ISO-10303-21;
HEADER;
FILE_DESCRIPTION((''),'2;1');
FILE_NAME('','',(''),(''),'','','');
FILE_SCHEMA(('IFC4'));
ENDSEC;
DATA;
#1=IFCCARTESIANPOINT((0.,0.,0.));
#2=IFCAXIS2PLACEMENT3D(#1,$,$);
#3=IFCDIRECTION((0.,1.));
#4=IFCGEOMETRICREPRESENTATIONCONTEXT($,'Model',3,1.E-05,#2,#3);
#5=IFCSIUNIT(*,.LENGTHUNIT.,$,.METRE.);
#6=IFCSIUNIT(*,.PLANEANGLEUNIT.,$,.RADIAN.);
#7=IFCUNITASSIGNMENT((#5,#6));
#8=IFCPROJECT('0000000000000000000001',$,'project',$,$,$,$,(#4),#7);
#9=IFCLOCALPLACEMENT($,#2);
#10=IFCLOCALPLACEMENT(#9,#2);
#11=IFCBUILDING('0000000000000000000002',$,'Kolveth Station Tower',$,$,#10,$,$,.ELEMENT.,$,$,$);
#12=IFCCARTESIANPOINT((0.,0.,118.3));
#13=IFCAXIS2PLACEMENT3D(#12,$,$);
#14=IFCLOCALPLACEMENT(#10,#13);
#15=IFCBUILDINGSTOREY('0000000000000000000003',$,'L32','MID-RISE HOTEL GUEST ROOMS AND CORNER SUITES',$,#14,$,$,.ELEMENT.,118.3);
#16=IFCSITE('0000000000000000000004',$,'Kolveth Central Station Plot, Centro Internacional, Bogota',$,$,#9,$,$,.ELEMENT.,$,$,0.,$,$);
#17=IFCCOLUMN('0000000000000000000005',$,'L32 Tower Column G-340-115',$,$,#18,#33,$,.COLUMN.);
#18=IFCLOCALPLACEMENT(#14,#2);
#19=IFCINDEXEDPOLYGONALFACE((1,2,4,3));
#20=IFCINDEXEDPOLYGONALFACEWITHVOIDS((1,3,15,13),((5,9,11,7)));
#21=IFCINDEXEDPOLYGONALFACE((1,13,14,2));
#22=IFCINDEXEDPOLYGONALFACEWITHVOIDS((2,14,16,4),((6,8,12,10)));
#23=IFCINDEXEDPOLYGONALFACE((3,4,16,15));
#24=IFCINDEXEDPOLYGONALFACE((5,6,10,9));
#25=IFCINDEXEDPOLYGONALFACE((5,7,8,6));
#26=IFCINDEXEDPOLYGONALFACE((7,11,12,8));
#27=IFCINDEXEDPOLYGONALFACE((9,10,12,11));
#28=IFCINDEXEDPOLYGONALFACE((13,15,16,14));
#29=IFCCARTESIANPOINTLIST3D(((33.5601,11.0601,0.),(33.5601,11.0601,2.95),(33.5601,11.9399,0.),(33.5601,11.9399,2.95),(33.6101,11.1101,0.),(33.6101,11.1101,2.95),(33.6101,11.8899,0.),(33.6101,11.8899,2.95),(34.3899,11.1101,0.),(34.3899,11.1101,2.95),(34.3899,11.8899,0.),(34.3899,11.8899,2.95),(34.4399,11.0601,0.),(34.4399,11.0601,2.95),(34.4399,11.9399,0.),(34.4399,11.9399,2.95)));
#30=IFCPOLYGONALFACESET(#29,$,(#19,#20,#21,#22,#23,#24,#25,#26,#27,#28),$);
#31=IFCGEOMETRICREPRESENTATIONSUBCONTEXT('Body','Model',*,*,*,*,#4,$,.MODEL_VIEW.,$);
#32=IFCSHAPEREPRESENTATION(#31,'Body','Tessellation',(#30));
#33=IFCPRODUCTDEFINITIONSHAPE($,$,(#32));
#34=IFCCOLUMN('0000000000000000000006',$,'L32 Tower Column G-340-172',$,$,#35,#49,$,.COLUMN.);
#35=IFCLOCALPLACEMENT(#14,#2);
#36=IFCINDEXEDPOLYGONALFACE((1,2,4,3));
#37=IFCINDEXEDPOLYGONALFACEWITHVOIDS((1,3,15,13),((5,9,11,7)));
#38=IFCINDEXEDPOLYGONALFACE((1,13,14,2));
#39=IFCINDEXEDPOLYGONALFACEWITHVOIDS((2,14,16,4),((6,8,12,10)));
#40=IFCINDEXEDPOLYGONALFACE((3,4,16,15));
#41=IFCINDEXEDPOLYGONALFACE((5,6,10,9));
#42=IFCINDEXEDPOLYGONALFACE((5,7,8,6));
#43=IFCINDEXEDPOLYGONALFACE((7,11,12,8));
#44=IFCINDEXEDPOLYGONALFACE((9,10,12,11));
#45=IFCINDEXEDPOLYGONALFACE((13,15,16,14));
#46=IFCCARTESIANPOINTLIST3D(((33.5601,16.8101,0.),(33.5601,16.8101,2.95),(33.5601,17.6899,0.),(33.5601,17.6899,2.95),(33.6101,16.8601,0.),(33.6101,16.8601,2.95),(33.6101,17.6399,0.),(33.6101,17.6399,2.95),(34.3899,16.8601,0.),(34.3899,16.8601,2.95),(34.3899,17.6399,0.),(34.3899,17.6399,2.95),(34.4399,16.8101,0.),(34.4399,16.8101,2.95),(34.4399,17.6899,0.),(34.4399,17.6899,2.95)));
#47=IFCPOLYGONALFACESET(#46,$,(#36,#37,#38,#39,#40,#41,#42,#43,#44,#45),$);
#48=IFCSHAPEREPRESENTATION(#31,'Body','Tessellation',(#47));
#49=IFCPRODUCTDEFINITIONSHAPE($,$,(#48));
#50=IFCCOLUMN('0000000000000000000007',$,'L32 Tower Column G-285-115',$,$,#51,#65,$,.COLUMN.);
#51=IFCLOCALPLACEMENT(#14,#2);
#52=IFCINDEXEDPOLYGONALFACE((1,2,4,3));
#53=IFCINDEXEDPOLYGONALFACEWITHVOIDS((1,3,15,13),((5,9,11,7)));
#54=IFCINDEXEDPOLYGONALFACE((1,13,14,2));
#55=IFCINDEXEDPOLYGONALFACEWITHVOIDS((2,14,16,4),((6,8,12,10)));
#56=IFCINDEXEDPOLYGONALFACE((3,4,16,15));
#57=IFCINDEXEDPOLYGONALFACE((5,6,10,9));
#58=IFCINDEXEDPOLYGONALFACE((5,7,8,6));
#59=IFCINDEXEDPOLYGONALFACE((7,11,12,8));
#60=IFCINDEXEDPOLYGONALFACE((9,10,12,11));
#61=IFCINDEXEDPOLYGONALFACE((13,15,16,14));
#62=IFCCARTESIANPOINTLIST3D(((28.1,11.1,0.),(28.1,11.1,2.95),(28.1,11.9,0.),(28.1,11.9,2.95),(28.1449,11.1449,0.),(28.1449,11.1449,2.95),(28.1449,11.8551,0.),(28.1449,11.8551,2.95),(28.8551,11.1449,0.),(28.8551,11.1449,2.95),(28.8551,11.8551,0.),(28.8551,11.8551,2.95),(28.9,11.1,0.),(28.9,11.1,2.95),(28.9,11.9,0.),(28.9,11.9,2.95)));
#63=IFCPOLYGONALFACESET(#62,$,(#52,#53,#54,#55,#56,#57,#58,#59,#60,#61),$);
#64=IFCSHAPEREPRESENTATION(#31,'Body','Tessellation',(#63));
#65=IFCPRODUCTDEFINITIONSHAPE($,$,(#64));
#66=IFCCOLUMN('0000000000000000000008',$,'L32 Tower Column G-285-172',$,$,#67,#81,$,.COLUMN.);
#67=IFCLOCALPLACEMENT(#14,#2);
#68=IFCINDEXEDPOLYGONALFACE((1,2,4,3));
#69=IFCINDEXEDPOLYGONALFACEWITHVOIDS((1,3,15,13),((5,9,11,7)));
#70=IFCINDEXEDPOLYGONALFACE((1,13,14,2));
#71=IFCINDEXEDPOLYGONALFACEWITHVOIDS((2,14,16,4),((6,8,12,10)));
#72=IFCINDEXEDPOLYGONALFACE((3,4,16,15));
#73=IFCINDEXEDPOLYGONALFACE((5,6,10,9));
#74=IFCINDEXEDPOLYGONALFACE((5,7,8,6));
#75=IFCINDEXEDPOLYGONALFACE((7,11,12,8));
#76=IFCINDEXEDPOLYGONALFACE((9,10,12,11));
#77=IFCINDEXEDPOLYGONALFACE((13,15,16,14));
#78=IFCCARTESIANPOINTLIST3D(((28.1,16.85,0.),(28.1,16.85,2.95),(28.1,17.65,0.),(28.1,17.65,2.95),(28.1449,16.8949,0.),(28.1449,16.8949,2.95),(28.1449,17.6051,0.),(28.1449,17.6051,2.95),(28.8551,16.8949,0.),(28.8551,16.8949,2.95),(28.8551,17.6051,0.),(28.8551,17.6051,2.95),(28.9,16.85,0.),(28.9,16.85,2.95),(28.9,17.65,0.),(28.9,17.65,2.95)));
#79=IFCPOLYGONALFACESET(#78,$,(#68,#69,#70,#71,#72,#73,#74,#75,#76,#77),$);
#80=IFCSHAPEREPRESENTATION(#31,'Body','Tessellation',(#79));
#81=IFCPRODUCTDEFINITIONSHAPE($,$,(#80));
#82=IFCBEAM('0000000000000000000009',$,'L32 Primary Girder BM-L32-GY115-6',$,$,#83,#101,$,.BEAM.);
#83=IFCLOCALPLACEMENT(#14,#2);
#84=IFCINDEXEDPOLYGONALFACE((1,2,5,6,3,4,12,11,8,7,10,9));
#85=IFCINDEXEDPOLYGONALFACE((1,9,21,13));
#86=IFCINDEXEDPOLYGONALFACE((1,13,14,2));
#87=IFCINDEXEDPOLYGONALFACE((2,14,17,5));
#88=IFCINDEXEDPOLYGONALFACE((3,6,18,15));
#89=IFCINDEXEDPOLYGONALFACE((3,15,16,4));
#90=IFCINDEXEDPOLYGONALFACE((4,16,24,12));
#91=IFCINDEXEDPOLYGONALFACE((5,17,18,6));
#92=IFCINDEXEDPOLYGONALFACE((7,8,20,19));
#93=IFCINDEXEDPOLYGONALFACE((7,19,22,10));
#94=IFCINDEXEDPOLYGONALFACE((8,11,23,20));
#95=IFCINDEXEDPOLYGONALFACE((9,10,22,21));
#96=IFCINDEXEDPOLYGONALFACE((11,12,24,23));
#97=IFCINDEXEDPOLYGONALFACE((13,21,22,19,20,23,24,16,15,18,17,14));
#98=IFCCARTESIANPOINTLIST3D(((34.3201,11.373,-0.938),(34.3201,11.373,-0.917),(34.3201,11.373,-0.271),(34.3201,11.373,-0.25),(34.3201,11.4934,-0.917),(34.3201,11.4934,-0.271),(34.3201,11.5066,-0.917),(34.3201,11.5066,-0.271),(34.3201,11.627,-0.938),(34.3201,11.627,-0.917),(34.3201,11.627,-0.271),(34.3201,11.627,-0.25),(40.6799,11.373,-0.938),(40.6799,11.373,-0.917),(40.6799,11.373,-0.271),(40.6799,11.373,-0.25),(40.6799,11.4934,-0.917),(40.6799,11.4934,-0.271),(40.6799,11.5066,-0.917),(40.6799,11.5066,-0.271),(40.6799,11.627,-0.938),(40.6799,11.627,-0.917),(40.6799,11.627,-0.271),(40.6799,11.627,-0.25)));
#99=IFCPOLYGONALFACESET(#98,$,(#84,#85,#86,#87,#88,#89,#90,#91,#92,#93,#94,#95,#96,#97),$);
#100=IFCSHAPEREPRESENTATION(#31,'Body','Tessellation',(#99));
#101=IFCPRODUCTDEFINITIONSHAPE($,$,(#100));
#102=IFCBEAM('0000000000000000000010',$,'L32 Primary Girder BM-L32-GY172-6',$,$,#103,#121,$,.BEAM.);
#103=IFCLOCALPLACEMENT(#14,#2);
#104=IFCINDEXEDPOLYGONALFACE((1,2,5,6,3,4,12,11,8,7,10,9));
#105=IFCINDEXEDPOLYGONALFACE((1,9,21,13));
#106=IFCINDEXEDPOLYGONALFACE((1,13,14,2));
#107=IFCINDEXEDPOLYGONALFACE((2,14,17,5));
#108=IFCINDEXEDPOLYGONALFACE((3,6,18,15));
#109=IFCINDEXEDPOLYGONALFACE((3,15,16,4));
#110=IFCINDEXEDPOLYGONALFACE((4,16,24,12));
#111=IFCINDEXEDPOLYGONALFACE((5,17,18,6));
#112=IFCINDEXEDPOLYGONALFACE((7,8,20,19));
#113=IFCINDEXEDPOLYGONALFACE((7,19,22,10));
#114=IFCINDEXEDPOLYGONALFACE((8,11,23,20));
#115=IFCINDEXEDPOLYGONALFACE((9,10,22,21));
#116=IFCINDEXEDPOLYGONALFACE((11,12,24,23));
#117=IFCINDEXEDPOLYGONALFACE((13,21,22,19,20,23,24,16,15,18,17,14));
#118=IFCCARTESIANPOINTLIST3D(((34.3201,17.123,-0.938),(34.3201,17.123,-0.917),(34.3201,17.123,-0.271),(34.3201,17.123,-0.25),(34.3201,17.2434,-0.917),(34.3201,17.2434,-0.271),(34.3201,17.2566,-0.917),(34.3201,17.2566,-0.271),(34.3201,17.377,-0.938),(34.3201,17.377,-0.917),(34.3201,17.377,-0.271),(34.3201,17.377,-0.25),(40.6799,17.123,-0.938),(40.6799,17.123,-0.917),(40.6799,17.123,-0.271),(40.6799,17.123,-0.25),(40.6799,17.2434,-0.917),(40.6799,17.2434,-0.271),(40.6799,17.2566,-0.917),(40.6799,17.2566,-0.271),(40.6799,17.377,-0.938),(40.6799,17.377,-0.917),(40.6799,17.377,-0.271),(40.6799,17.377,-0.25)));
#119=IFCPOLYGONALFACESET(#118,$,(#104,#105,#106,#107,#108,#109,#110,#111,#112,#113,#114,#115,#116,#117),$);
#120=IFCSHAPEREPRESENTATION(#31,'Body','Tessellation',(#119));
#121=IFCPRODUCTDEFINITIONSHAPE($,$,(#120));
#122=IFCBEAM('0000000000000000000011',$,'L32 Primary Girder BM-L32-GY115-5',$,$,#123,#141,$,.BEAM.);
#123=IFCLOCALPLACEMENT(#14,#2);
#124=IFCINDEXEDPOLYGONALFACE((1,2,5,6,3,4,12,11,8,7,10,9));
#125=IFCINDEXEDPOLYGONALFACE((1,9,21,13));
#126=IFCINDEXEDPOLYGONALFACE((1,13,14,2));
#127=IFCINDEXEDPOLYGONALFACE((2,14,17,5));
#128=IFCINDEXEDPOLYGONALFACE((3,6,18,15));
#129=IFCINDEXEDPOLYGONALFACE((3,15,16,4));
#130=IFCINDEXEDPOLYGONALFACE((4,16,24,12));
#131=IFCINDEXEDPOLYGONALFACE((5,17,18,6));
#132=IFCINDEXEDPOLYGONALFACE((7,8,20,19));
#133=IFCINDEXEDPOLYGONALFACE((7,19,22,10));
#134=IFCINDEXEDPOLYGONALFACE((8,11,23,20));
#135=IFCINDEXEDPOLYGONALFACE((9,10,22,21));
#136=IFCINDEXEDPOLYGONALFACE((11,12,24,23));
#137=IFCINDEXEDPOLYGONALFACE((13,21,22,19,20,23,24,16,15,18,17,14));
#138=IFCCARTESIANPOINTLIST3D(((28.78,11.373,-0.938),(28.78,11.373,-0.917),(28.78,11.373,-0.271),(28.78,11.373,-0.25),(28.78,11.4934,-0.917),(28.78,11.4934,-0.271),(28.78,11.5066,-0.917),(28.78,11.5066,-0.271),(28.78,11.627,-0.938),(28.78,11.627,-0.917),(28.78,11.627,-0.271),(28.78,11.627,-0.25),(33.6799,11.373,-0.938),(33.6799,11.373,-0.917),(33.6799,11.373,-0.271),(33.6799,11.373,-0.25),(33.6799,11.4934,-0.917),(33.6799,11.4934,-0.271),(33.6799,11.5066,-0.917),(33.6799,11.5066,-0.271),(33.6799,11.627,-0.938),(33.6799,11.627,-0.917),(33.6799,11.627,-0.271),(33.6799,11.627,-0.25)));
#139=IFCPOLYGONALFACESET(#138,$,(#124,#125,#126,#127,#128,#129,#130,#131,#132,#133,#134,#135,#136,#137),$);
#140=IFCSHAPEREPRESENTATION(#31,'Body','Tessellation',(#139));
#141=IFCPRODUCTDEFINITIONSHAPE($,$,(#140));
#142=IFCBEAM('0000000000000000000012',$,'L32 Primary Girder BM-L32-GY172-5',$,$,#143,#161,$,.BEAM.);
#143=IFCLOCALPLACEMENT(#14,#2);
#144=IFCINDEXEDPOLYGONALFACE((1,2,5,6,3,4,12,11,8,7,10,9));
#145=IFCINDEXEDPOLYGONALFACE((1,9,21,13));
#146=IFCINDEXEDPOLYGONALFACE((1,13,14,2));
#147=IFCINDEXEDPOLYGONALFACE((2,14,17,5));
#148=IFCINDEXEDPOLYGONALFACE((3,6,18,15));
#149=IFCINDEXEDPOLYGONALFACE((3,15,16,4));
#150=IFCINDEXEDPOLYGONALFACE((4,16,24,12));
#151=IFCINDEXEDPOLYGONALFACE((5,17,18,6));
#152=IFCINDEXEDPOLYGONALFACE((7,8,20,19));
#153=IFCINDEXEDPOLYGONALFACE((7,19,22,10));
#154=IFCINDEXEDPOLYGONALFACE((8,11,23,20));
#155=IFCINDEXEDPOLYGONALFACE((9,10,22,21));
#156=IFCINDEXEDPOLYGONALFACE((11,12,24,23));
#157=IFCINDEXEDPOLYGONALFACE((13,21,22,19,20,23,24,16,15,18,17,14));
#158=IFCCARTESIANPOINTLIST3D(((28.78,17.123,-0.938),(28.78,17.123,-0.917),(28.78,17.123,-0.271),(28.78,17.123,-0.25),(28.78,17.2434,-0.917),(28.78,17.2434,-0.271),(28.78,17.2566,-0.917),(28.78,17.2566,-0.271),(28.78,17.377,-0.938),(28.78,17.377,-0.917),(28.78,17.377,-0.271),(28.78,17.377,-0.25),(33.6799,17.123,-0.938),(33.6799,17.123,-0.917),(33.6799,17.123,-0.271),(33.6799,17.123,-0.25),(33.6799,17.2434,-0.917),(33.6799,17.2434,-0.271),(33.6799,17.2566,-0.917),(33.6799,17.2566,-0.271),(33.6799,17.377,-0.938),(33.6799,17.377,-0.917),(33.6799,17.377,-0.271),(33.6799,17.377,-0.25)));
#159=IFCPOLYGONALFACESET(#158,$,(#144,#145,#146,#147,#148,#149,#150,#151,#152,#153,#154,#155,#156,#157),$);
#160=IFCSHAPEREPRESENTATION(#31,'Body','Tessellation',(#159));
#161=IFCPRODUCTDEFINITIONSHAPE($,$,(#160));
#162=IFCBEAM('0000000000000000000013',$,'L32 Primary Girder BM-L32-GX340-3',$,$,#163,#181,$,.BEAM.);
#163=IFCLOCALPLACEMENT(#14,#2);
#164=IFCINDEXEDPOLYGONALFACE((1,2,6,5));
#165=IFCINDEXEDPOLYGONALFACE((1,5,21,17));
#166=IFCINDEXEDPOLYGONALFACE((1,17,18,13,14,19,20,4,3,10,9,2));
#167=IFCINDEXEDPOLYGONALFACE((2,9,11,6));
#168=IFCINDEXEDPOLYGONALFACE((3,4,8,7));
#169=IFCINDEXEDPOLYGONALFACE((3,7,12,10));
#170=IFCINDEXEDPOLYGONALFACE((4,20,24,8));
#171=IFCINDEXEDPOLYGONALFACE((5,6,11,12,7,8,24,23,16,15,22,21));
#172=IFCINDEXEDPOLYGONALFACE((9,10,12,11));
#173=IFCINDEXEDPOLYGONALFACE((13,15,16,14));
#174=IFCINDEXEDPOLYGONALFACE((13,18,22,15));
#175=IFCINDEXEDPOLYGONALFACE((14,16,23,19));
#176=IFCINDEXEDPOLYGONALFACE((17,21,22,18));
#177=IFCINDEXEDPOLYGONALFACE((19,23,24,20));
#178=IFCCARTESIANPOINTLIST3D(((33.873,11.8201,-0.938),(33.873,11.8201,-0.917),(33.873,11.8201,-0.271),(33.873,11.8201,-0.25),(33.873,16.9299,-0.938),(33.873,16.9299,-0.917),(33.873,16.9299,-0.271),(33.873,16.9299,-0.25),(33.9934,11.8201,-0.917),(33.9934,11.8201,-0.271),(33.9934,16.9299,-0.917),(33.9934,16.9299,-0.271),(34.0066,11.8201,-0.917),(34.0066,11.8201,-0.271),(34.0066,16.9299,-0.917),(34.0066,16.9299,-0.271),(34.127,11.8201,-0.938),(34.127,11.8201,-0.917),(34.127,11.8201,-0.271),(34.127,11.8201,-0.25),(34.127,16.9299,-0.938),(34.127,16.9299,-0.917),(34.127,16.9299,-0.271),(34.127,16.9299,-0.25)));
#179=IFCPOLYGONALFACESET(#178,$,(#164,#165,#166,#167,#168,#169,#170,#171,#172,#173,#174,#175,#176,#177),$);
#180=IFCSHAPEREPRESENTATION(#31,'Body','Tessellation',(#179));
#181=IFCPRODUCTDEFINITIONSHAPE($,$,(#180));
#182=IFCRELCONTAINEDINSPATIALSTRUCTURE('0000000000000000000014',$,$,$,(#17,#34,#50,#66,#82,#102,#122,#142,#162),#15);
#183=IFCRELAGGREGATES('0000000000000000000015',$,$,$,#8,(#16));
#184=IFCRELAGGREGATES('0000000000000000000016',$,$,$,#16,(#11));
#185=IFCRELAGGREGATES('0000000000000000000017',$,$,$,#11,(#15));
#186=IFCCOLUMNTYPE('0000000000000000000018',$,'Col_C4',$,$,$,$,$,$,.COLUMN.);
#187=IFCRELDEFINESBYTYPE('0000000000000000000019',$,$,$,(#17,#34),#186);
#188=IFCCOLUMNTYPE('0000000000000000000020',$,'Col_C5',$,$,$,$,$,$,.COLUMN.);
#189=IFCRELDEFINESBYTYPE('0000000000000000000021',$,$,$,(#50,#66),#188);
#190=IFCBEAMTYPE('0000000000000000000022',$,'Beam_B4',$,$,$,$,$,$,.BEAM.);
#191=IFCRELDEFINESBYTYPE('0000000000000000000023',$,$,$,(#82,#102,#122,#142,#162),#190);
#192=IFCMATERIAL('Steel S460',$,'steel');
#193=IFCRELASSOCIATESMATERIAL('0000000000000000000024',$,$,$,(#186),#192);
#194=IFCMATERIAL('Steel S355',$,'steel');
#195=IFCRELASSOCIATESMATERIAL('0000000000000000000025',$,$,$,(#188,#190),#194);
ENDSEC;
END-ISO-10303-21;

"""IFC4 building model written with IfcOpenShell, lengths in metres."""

from ifc_helpers import new_model, si_unit, direction, frame, origin, origin_2d, place, context, subcontext, project, spatial, hollow_rectangle, i_section, extrude, source, transform, mapped, material, material_profile, profile_set, type_object, element, save


model = new_model("IFC4")

# Units and contexts
model_context = context("Model", 3, precision=1e-05, world=origin(), true_north=direction((0.0, 1.0)))
body_context = subcontext(model_context, "Body", "Model", "MODEL_VIEW")
ifc_project = project(units=[si_unit("LENGTHUNIT", "METRE"), si_unit("PLANEANGLEUNIT", "RADIAN")], contexts=[model_context])

# Site, building, storey
site_placement = place(None, origin())
site = spatial("IfcSite", under=ifc_project, at=site_placement, Name="Kolveth Central Station Plot, Centro Internacional, Bogota", CompositionType="ELEMENT", RefElevation=0.0)
building_placement = place(site_placement, origin())
building = spatial("IfcBuilding", under=site, at=building_placement, Name="Kolveth Station Tower", CompositionType="ELEMENT")
storey_placement = place(building_placement, frame((0.0, 0.0, 118.3)))
storey = spatial("IfcBuildingStorey", under=building, at=storey_placement, Name="L32", Description="MID-RISE HOTEL GUEST ROOMS AND CORNER SUITES", CompositionType="ELEMENT", Elevation=118.3)

# Columns
ifc_material_1 = material(Name="Steel S460", Category="steel")
ifc_material_profile_1 = material_profile(ifc_material_1, hollow_rectangle(XDim=0.8799, YDim=0.8799, WallThickness=0.05, at=origin_2d()), Name="BOX880x880x50")
ifc_profile_set_1 = profile_set([ifc_material_profile_1], Name="Steel S460")
column_type_1 = type_object("IfcColumnType", Name="Col_C4", PredefinedType="COLUMN", material=ifc_profile_set_1)
shared_shape_1 = source(origin(), body_context, "Body", "SweptSolid", [
    extrude(hollow_rectangle(XDim=0.8799, YDim=0.8799, WallThickness=0.05, at=origin_2d()), origin(), (0.0, 0.0, 1.0), 2.95),
])
for number, where, z_axis, x_axis, name in (
    (1, (34.0, 11.5, 0.0), (0.0, 0.0, 1.0), (1.0, 0.0, 0.0), "L32 Tower Column G-340-115"),
    (2, (34.0, 17.25, 0.0), (0.0, 0.0, 1.0), (1.0, 0.0, 0.0), "L32 Tower Column G-340-172"),
):
    element("IfcColumn", number, at=place(storey_placement, frame(where, z_axis=z_axis, x_axis=x_axis)), inside=storey, type_object=column_type_1, Name=name, PredefinedType="COLUMN", context=body_context, shape_type="MappedRepresentation", body=[
        mapped(shared_shape_1, transform((0.0, 0.0, 0.0), x_axis=(1.0, 0.0, 0.0), y_axis=(0.0, 1.0, 0.0), z_axis=(0.0, 0.0, 1.0), scale=1.0)),
    ])
ifc_material_2 = material(Name="Steel S355", Category="steel")
ifc_material_profile_2 = material_profile(ifc_material_2, hollow_rectangle(XDim=0.8, YDim=0.8, WallThickness=0.0449, at=origin_2d()), Name="BOX800x800x45")
ifc_profile_set_2 = profile_set([ifc_material_profile_2], Name="Steel S355")
column_type_2 = type_object("IfcColumnType", Name="Col_C5", PredefinedType="COLUMN", material=ifc_profile_set_2)
shared_shape_2 = source(origin(), body_context, "Body", "SweptSolid", [
    extrude(hollow_rectangle(XDim=0.8, YDim=0.8, WallThickness=0.0449, at=origin_2d()), origin(), (0.0, 0.0, 1.0), 2.95),
])
for number, where, z_axis, x_axis, name in (
    (3, (28.5, 11.5, 0.0), (0.0, 0.0, 1.0), (1.0, 0.0, 0.0), "L32 Tower Column G-285-115"),
    (4, (28.5, 17.25, 0.0), (0.0, 0.0, 1.0), (1.0, 0.0, 0.0), "L32 Tower Column G-285-172"),
):
    element("IfcColumn", number, at=place(storey_placement, frame(where, z_axis=z_axis, x_axis=x_axis)), inside=storey, type_object=column_type_2, Name=name, PredefinedType="COLUMN", context=body_context, shape_type="MappedRepresentation", body=[
        mapped(shared_shape_2, transform((0.0, 0.0, 0.0), x_axis=(1.0, 0.0, 0.0), y_axis=(0.0, 1.0, 0.0), z_axis=(0.0, 0.0, 1.0), scale=1.0)),
    ])

# Beams
ifc_material_profile_3 = material_profile(ifc_material_2, i_section(OverallWidth=0.2539, OverallDepth=0.688, WebThickness=0.0132, FlangeThickness=0.021, at=origin_2d()), Name="W690x152")
ifc_profile_set_3 = profile_set([ifc_material_profile_3], Name="Steel S355")
beam_type_1 = type_object("IfcBeamType", Name="Beam_B4", PredefinedType="BEAM", material=ifc_profile_set_3)
shared_shape_3 = source(origin(), body_context, "Body", "SweptSolid", [
    extrude(i_section(OverallWidth=0.2539, OverallDepth=0.688, WebThickness=0.0132, FlangeThickness=0.021, at=origin_2d()), origin(), (0.0, 0.0, 1.0), 6.3599),
])
for number, where, z_axis, x_axis, name in (
    (5, (34.3201, 11.5, -0.594), (1.0, 0.0, 0.0), (0.0, 1.0, 0.0), "L32 Primary Girder BM-L32-GY115-6"),
    (6, (34.3201, 17.25, -0.594), (1.0, 0.0, 0.0), (0.0, 1.0, 0.0), "L32 Primary Girder BM-L32-GY172-6"),
):
    element("IfcBeam", number, at=place(storey_placement, frame(where, z_axis=z_axis, x_axis=x_axis)), inside=storey, type_object=beam_type_1, Name=name, PredefinedType="BEAM", context=body_context, shape_type="MappedRepresentation", body=[
        mapped(shared_shape_3, transform((0.0, 0.0, 0.0), x_axis=(1.0, 0.0, 0.0), y_axis=(0.0, 1.0, 0.0), z_axis=(0.0, 0.0, 1.0), scale=1.0)),
    ])
shared_shape_4 = source(origin(), body_context, "Body", "SweptSolid", [
    extrude(i_section(OverallWidth=0.2539, OverallDepth=0.688, WebThickness=0.0132, FlangeThickness=0.021, at=origin_2d()), origin(), (0.0, 0.0, 1.0), 4.8999),
])
for number, where, z_axis, x_axis, name in (
    (7, (28.78, 11.5, -0.594), (1.0, 0.0, 0.0), (0.0, 1.0, 0.0), "L32 Primary Girder BM-L32-GY115-5"),
    (8, (28.78, 17.25, -0.594), (1.0, 0.0, 0.0), (0.0, 1.0, 0.0), "L32 Primary Girder BM-L32-GY172-5"),
):
    element("IfcBeam", number, at=place(storey_placement, frame(where, z_axis=z_axis, x_axis=x_axis)), inside=storey, type_object=beam_type_1, Name=name, PredefinedType="BEAM", context=body_context, shape_type="MappedRepresentation", body=[
        mapped(shared_shape_4, transform((0.0, 0.0, 0.0), x_axis=(1.0, 0.0, 0.0), y_axis=(0.0, 1.0, 0.0), z_axis=(0.0, 0.0, 1.0), scale=1.0)),
    ])
shared_shape_5 = source(origin(), body_context, "Body", "SweptSolid", [
    extrude(i_section(OverallWidth=0.2539, OverallDepth=0.688, WebThickness=0.0132, FlangeThickness=0.021, at=origin_2d()), origin(), (0.0, 0.0, 1.0), 5.1099),
])
beam_placement = place(storey_placement, frame((34.0, 11.8201, -0.594), z_axis=(0.0, 1.0, 0.0), x_axis=(-1.0, 0.0, 0.0)))
element("IfcBeam", 9, at=beam_placement, inside=storey, type_object=beam_type_1, Name="L32 Primary Girder BM-L32-GX340-3", PredefinedType="BEAM", context=body_context, shape_type="MappedRepresentation", body=[
    mapped(shared_shape_5, transform((0.0, 0.0, 0.0), x_axis=(1.0, 0.0, 0.0), y_axis=(0.0, 1.0, 0.0), z_axis=(0.0, 0.0, 1.0), scale=1.0)),
])

save(model, "model.ifc")
